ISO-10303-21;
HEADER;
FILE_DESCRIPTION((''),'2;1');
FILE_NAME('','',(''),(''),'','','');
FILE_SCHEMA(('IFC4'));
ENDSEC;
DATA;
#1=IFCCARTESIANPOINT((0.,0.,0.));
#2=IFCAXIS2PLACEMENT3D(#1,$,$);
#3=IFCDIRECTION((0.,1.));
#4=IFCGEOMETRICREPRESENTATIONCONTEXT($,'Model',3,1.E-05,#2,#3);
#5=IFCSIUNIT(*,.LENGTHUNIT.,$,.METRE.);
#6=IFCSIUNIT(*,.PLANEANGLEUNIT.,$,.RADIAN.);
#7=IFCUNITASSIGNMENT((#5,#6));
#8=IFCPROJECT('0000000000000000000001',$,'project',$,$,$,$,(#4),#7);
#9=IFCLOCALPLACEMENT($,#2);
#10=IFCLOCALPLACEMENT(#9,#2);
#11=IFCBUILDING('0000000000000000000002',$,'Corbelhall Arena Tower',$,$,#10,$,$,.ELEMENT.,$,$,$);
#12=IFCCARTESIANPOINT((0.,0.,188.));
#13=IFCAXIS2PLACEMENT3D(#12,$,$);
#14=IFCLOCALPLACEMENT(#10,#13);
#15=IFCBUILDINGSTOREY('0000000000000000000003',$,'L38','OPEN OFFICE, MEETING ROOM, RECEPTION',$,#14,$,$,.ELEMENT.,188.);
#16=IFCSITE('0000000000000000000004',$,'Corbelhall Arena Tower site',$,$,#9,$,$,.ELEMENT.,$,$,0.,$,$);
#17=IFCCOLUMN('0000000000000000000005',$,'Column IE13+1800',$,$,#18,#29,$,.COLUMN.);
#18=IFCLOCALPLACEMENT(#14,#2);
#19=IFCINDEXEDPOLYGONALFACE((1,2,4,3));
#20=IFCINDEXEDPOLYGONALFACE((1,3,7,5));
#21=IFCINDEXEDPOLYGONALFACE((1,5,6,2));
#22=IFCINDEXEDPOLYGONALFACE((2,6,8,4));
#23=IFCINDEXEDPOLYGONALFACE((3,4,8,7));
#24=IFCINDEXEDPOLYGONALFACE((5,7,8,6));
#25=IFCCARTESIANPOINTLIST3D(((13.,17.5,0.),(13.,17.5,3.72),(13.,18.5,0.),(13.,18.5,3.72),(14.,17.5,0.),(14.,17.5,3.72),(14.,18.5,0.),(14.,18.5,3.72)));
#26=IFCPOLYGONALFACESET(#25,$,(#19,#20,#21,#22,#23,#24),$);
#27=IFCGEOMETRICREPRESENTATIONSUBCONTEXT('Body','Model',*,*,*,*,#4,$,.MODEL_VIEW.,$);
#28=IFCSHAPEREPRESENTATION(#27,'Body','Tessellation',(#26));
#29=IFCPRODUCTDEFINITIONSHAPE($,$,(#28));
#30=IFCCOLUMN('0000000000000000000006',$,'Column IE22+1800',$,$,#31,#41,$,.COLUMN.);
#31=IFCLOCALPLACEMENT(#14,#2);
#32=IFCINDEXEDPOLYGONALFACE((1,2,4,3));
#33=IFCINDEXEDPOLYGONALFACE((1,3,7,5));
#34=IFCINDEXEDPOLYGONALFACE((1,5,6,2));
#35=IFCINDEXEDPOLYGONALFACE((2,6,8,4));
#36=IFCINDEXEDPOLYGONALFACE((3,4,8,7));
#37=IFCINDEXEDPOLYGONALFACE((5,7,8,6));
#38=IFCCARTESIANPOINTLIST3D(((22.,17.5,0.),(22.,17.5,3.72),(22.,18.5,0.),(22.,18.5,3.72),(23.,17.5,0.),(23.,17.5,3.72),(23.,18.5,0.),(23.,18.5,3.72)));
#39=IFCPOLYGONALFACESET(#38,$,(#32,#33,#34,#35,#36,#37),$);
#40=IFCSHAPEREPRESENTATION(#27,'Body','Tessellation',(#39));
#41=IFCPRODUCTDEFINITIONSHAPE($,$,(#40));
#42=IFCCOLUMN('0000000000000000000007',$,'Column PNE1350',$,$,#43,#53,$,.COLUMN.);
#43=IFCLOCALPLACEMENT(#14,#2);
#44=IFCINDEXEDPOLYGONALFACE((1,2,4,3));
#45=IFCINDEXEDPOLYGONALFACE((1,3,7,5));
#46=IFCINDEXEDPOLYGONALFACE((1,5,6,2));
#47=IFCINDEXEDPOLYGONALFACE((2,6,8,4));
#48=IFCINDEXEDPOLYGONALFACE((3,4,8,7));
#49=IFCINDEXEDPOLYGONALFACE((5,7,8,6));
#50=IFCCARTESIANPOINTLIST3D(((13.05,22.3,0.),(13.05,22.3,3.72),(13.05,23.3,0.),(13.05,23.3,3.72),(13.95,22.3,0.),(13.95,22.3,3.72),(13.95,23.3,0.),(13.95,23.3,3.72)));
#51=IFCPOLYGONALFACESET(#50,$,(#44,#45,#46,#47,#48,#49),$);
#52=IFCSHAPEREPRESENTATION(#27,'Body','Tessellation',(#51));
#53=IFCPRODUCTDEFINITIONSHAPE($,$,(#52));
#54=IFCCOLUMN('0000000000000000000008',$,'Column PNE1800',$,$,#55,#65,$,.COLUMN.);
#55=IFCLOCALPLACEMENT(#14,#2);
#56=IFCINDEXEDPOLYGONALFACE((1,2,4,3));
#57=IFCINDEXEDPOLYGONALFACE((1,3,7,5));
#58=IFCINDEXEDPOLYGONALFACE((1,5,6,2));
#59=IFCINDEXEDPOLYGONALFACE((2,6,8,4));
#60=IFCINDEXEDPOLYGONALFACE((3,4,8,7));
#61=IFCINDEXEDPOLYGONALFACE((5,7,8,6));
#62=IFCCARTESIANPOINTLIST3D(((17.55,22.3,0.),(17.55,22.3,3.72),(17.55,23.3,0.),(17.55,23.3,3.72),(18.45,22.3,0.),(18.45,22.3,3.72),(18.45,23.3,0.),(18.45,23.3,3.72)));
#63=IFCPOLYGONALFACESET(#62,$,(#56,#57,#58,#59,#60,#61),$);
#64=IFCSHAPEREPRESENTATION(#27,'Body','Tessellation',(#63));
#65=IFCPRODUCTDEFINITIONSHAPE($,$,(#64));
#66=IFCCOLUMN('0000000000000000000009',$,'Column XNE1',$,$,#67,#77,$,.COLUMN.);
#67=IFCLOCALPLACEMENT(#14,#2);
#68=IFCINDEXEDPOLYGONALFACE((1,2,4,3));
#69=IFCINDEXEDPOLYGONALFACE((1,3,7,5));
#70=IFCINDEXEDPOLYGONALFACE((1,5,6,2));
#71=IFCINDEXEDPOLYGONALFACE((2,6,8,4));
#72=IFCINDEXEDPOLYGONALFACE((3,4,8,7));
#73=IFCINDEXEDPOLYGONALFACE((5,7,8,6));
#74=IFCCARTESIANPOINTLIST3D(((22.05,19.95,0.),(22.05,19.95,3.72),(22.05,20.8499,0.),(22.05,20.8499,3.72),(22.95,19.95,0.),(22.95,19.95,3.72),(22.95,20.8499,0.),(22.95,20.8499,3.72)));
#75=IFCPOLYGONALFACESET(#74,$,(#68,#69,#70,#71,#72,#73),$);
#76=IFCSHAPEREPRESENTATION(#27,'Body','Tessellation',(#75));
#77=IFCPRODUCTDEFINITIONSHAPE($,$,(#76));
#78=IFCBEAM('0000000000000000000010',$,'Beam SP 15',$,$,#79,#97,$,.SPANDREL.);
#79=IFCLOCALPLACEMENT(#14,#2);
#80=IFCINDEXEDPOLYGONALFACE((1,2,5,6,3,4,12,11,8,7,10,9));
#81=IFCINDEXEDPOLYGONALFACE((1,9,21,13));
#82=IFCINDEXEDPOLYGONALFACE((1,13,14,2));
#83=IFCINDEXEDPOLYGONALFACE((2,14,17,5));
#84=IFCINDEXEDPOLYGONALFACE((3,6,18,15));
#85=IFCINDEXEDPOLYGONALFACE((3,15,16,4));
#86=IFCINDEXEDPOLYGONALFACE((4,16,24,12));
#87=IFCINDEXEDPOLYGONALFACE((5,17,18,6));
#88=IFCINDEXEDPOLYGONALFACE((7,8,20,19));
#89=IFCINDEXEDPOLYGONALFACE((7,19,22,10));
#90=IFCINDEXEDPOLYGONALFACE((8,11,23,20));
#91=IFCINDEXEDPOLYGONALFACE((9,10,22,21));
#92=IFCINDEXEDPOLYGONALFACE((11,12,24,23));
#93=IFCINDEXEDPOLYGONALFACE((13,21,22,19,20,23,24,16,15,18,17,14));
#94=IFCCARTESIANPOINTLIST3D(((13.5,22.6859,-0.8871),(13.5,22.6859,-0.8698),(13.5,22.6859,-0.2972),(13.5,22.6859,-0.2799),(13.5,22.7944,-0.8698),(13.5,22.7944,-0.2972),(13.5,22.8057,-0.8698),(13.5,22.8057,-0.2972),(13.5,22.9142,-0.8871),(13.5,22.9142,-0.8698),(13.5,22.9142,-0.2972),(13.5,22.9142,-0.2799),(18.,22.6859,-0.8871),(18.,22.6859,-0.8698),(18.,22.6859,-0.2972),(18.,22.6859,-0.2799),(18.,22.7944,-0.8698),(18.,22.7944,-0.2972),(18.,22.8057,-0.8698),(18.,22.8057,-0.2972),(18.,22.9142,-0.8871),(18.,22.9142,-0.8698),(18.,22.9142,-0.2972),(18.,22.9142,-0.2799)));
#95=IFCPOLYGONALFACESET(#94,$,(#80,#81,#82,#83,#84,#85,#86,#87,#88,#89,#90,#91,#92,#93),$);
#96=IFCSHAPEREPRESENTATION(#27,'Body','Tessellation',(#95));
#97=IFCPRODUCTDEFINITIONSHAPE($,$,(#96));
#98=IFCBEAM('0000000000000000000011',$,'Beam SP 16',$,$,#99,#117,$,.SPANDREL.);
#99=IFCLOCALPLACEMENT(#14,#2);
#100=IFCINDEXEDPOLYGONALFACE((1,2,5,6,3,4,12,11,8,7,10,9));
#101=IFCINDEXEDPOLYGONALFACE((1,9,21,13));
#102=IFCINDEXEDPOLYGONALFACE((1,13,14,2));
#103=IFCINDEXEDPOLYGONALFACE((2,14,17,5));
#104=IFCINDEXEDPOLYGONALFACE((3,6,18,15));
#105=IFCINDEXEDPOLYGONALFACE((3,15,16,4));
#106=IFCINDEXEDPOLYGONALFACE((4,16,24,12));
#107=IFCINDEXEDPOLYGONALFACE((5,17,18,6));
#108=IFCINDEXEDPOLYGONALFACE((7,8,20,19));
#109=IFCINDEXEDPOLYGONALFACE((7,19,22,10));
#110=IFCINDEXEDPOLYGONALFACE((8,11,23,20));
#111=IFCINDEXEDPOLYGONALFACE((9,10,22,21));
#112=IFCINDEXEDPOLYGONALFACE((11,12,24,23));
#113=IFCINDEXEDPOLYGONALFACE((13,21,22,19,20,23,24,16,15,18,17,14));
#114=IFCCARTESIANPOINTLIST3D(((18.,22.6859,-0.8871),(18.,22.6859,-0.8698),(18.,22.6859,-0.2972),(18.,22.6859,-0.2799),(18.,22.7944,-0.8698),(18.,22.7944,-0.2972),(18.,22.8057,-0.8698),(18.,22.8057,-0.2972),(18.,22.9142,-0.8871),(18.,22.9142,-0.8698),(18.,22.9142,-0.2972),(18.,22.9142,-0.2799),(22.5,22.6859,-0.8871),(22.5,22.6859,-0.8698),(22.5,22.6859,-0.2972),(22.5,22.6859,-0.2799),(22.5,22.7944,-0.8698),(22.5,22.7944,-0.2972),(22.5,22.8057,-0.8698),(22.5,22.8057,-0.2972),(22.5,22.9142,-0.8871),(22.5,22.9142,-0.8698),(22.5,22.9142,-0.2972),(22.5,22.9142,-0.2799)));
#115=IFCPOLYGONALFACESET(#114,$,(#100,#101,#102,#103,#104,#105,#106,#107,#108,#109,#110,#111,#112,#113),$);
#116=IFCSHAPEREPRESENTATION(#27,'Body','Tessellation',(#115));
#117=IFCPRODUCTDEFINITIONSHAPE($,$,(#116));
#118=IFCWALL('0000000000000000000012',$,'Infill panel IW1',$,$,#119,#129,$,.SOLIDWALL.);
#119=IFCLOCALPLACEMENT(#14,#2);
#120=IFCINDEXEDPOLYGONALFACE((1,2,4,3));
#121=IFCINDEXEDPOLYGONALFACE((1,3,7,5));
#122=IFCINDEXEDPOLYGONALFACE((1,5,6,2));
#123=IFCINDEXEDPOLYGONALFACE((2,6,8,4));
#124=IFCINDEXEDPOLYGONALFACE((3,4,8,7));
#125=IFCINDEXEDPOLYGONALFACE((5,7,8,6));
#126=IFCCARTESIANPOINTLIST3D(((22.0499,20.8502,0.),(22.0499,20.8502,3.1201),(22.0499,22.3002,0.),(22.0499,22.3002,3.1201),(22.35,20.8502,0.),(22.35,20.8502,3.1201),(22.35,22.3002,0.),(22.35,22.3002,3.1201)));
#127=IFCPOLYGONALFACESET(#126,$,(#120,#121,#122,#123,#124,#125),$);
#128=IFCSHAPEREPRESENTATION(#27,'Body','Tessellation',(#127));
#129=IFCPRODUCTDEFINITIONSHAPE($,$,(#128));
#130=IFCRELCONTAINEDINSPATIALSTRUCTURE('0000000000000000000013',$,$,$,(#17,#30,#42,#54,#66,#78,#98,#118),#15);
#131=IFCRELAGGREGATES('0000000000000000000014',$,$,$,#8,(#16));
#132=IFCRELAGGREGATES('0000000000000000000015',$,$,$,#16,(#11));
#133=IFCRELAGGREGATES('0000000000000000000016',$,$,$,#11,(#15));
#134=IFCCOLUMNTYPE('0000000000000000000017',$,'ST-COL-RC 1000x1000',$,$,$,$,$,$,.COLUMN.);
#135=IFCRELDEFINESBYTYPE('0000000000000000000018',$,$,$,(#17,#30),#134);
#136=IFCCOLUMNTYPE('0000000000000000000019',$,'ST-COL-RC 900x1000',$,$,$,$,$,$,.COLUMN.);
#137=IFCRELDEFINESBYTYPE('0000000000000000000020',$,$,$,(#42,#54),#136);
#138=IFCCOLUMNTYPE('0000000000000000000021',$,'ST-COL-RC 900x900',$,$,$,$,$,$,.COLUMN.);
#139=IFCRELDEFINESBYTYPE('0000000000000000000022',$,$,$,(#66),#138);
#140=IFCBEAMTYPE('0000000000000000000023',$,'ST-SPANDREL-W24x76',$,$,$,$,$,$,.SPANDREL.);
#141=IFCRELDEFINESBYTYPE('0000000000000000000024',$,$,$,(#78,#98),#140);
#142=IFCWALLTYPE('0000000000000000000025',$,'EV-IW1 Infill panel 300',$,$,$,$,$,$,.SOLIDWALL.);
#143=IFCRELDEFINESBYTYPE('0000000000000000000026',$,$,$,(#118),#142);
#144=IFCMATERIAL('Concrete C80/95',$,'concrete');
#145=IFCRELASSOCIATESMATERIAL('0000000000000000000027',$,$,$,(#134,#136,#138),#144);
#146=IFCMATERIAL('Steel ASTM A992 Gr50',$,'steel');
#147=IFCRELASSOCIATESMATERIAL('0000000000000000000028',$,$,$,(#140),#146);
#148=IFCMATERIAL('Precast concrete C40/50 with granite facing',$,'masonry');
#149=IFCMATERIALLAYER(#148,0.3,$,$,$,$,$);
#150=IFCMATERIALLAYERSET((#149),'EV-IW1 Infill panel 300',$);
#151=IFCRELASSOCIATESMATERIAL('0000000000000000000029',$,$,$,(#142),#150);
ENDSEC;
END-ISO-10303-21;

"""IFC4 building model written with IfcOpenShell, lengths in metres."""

from ifc_helpers import new_model, si_unit, direction, frame, frame_2d, origin, origin_2d, place, context, subcontext, project, spatial, rectangle, i_section, extrude, material, layer, layer_set, material_profile, profile_set, type_object, element, save


model = new_model("IFC4")

# Units and contexts
model_context = context("Model", 3, precision=1e-05, world=origin(), true_north=direction((0.0, 1.0)))
body_context = subcontext(model_context, "Body", "Model", "MODEL_VIEW")
ifc_project = project(units=[si_unit("LENGTHUNIT", "METRE"), si_unit("PLANEANGLEUNIT", "RADIAN")], contexts=[model_context])

# Site, building, storey
site_placement = place(None, origin())
site = spatial("IfcSite", under=ifc_project, at=site_placement, Name="Corbelhall Arena Tower site", CompositionType="ELEMENT", RefElevation=0.0)
building_placement = place(site_placement, origin())
building = spatial("IfcBuilding", under=site, at=building_placement, Name="Corbelhall Arena Tower", CompositionType="ELEMENT")
storey_placement = place(building_placement, frame((0.0, 0.0, 188.0)))
storey = spatial("IfcBuildingStorey", under=building, at=storey_placement, Name="L38", Description="OPEN OFFICE, MEETING ROOM, RECEPTION", CompositionType="ELEMENT", Elevation=188.0)

# Columns
ifc_material_1 = material(Name="Concrete C80/95", Category="concrete")
ifc_material_profile_1 = material_profile(ifc_material_1, rectangle(XDim=1.0, YDim=1.0, at=origin_2d()))
ifc_profile_set_1 = profile_set([ifc_material_profile_1], Name="Concrete C80/95")
column_type_1 = type_object("IfcColumnType", Name="ST-COL-RC 1000x1000", PredefinedType="COLUMN", material=ifc_profile_set_1)
for number, where, z_axis, x_axis, name in (
    (1, (13.5, 18.0, 0.0), (0.0, 0.0, 1.0), (1.0, 0.0, 0.0), "Column IE13+1800"),
    (2, (22.5, 18.0, 0.0), (0.0, 0.0, 1.0), (1.0, 0.0, 0.0), "Column IE22+1800"),
):
    element("IfcColumn", number, at=place(storey_placement, frame(where, z_axis=z_axis, x_axis=x_axis)), inside=storey, type_object=column_type_1, Name=name, PredefinedType="COLUMN", context=body_context, shape_type="SweptSolid", body=[
        extrude(rectangle(XDim=1.0, YDim=1.0, at=origin_2d()), origin(), (0.0, 0.0, 1.0), 3.72),
    ])
ifc_material_profile_2 = material_profile(ifc_material_1, rectangle(XDim=0.8999, YDim=1.0, at=origin_2d()))
ifc_profile_set_2 = profile_set([ifc_material_profile_2], Name="Concrete C80/95")
column_type_2 = type_object("IfcColumnType", Name="ST-COL-RC 900x1000", PredefinedType="COLUMN", material=ifc_profile_set_2)
for number, where, z_axis, x_axis, name in (
    (3, (13.5, 22.8, 0.0), (0.0, 0.0, 1.0), (1.0, 0.0, 0.0), "Column PNE1350"),
    (4, (18.0, 22.8, 0.0), (0.0, 0.0, 1.0), (1.0, 0.0, 0.0), "Column PNE1800"),
):
    element("IfcColumn", number, at=place(storey_placement, frame(where, z_axis=z_axis, x_axis=x_axis)), inside=storey, type_object=column_type_2, Name=name, PredefinedType="COLUMN", context=body_context, shape_type="SweptSolid", body=[
        extrude(rectangle(XDim=0.8999, YDim=1.0, at=origin_2d()), origin(), (0.0, 0.0, 1.0), 3.72),
    ])
ifc_material_profile_3 = material_profile(ifc_material_1, rectangle(XDim=0.8999, YDim=0.8999, at=origin_2d()))
ifc_profile_set_3 = profile_set([ifc_material_profile_3], Name="Concrete C80/95")
column_type_3 = type_object("IfcColumnType", Name="ST-COL-RC 900x900", PredefinedType="COLUMN", material=ifc_profile_set_3)
column_placement = place(storey_placement, frame((22.5, 20.3999, 0.0), z_axis=(0.0, 0.0, 1.0), x_axis=(1.0, 0.0, 0.0)))
element("IfcColumn", 5, at=column_placement, inside=storey, type_object=column_type_3, Name="Column XNE1", PredefinedType="COLUMN", context=body_context, shape_type="SweptSolid", body=[
    extrude(rectangle(XDim=0.8999, YDim=0.8999, at=origin_2d()), origin(), (0.0, 0.0, 1.0), 3.72),
])

# Beams
ifc_material_2 = material(Name="Steel ASTM A992 Gr50", Category="steel")
ifc_material_profile_4 = material_profile(ifc_material_2, i_section(OverallWidth=0.2283, OverallDepth=0.6072, WebThickness=0.0112, FlangeThickness=0.0173, at=origin_2d()))
ifc_profile_set_4 = profile_set([ifc_material_profile_4], Name="Steel ASTM A992 Gr50")
beam_type = type_object("IfcBeamType", Name="ST-SPANDREL-W24x76", PredefinedType="SPANDREL", material=ifc_profile_set_4)
for number, where, z_axis, x_axis, name in (
    (6, (13.5, 22.8, -0.5835), (1.0, 0.0, 0.0), (0.0, 1.0, 0.0), "Beam SP 15"),
    (7, (18.0, 22.8, -0.5835), (1.0, 0.0, 0.0), (0.0, 1.0, 0.0), "Beam SP 16"),
):
    element("IfcBeam", number, at=place(storey_placement, frame(where, z_axis=z_axis, x_axis=x_axis)), inside=storey, type_object=beam_type, Name=name, PredefinedType="SPANDREL", context=body_context, shape_type="SweptSolid", body=[
        extrude(i_section(OverallWidth=0.2283, OverallDepth=0.6072, WebThickness=0.0112, FlangeThickness=0.0173, at=origin_2d()), origin(), (0.0, 0.0, 1.0), 4.5),
    ])

# Wall
ifc_material_3 = material(Name="Precast concrete C40/50 with granite facing", Category="masonry")
ifc_layer_1 = layer(ifc_material_3, 0.3)
ifc_layer_set_1 = layer_set([ifc_layer_1], Name="EV-IW1 Infill panel 300")
wall_type_1 = type_object("IfcWallType", Name="EV-IW1 Infill panel 300", PredefinedType="SOLIDWALL", material=ifc_layer_set_1)
wall_1_placement = place(storey_placement, frame((22.2, 20.8501, 0.0), z_axis=(0.0, 0.0, 1.0), x_axis=(0.0, 1.0, 0.0)))
element("IfcWall", 8, at=wall_1_placement, inside=storey, type_object=wall_type_1, Name="Infill panel IW1", PredefinedType="SOLIDWALL", context=body_context, shape_type="SweptSolid", body=[
    extrude(rectangle(XDim=1.45, YDim=0.3, at=frame_2d((0.7251, 0.0))), origin(), (0.0, 0.0, 1.0), 3.1201),
])

save(model, "model.ifc")
